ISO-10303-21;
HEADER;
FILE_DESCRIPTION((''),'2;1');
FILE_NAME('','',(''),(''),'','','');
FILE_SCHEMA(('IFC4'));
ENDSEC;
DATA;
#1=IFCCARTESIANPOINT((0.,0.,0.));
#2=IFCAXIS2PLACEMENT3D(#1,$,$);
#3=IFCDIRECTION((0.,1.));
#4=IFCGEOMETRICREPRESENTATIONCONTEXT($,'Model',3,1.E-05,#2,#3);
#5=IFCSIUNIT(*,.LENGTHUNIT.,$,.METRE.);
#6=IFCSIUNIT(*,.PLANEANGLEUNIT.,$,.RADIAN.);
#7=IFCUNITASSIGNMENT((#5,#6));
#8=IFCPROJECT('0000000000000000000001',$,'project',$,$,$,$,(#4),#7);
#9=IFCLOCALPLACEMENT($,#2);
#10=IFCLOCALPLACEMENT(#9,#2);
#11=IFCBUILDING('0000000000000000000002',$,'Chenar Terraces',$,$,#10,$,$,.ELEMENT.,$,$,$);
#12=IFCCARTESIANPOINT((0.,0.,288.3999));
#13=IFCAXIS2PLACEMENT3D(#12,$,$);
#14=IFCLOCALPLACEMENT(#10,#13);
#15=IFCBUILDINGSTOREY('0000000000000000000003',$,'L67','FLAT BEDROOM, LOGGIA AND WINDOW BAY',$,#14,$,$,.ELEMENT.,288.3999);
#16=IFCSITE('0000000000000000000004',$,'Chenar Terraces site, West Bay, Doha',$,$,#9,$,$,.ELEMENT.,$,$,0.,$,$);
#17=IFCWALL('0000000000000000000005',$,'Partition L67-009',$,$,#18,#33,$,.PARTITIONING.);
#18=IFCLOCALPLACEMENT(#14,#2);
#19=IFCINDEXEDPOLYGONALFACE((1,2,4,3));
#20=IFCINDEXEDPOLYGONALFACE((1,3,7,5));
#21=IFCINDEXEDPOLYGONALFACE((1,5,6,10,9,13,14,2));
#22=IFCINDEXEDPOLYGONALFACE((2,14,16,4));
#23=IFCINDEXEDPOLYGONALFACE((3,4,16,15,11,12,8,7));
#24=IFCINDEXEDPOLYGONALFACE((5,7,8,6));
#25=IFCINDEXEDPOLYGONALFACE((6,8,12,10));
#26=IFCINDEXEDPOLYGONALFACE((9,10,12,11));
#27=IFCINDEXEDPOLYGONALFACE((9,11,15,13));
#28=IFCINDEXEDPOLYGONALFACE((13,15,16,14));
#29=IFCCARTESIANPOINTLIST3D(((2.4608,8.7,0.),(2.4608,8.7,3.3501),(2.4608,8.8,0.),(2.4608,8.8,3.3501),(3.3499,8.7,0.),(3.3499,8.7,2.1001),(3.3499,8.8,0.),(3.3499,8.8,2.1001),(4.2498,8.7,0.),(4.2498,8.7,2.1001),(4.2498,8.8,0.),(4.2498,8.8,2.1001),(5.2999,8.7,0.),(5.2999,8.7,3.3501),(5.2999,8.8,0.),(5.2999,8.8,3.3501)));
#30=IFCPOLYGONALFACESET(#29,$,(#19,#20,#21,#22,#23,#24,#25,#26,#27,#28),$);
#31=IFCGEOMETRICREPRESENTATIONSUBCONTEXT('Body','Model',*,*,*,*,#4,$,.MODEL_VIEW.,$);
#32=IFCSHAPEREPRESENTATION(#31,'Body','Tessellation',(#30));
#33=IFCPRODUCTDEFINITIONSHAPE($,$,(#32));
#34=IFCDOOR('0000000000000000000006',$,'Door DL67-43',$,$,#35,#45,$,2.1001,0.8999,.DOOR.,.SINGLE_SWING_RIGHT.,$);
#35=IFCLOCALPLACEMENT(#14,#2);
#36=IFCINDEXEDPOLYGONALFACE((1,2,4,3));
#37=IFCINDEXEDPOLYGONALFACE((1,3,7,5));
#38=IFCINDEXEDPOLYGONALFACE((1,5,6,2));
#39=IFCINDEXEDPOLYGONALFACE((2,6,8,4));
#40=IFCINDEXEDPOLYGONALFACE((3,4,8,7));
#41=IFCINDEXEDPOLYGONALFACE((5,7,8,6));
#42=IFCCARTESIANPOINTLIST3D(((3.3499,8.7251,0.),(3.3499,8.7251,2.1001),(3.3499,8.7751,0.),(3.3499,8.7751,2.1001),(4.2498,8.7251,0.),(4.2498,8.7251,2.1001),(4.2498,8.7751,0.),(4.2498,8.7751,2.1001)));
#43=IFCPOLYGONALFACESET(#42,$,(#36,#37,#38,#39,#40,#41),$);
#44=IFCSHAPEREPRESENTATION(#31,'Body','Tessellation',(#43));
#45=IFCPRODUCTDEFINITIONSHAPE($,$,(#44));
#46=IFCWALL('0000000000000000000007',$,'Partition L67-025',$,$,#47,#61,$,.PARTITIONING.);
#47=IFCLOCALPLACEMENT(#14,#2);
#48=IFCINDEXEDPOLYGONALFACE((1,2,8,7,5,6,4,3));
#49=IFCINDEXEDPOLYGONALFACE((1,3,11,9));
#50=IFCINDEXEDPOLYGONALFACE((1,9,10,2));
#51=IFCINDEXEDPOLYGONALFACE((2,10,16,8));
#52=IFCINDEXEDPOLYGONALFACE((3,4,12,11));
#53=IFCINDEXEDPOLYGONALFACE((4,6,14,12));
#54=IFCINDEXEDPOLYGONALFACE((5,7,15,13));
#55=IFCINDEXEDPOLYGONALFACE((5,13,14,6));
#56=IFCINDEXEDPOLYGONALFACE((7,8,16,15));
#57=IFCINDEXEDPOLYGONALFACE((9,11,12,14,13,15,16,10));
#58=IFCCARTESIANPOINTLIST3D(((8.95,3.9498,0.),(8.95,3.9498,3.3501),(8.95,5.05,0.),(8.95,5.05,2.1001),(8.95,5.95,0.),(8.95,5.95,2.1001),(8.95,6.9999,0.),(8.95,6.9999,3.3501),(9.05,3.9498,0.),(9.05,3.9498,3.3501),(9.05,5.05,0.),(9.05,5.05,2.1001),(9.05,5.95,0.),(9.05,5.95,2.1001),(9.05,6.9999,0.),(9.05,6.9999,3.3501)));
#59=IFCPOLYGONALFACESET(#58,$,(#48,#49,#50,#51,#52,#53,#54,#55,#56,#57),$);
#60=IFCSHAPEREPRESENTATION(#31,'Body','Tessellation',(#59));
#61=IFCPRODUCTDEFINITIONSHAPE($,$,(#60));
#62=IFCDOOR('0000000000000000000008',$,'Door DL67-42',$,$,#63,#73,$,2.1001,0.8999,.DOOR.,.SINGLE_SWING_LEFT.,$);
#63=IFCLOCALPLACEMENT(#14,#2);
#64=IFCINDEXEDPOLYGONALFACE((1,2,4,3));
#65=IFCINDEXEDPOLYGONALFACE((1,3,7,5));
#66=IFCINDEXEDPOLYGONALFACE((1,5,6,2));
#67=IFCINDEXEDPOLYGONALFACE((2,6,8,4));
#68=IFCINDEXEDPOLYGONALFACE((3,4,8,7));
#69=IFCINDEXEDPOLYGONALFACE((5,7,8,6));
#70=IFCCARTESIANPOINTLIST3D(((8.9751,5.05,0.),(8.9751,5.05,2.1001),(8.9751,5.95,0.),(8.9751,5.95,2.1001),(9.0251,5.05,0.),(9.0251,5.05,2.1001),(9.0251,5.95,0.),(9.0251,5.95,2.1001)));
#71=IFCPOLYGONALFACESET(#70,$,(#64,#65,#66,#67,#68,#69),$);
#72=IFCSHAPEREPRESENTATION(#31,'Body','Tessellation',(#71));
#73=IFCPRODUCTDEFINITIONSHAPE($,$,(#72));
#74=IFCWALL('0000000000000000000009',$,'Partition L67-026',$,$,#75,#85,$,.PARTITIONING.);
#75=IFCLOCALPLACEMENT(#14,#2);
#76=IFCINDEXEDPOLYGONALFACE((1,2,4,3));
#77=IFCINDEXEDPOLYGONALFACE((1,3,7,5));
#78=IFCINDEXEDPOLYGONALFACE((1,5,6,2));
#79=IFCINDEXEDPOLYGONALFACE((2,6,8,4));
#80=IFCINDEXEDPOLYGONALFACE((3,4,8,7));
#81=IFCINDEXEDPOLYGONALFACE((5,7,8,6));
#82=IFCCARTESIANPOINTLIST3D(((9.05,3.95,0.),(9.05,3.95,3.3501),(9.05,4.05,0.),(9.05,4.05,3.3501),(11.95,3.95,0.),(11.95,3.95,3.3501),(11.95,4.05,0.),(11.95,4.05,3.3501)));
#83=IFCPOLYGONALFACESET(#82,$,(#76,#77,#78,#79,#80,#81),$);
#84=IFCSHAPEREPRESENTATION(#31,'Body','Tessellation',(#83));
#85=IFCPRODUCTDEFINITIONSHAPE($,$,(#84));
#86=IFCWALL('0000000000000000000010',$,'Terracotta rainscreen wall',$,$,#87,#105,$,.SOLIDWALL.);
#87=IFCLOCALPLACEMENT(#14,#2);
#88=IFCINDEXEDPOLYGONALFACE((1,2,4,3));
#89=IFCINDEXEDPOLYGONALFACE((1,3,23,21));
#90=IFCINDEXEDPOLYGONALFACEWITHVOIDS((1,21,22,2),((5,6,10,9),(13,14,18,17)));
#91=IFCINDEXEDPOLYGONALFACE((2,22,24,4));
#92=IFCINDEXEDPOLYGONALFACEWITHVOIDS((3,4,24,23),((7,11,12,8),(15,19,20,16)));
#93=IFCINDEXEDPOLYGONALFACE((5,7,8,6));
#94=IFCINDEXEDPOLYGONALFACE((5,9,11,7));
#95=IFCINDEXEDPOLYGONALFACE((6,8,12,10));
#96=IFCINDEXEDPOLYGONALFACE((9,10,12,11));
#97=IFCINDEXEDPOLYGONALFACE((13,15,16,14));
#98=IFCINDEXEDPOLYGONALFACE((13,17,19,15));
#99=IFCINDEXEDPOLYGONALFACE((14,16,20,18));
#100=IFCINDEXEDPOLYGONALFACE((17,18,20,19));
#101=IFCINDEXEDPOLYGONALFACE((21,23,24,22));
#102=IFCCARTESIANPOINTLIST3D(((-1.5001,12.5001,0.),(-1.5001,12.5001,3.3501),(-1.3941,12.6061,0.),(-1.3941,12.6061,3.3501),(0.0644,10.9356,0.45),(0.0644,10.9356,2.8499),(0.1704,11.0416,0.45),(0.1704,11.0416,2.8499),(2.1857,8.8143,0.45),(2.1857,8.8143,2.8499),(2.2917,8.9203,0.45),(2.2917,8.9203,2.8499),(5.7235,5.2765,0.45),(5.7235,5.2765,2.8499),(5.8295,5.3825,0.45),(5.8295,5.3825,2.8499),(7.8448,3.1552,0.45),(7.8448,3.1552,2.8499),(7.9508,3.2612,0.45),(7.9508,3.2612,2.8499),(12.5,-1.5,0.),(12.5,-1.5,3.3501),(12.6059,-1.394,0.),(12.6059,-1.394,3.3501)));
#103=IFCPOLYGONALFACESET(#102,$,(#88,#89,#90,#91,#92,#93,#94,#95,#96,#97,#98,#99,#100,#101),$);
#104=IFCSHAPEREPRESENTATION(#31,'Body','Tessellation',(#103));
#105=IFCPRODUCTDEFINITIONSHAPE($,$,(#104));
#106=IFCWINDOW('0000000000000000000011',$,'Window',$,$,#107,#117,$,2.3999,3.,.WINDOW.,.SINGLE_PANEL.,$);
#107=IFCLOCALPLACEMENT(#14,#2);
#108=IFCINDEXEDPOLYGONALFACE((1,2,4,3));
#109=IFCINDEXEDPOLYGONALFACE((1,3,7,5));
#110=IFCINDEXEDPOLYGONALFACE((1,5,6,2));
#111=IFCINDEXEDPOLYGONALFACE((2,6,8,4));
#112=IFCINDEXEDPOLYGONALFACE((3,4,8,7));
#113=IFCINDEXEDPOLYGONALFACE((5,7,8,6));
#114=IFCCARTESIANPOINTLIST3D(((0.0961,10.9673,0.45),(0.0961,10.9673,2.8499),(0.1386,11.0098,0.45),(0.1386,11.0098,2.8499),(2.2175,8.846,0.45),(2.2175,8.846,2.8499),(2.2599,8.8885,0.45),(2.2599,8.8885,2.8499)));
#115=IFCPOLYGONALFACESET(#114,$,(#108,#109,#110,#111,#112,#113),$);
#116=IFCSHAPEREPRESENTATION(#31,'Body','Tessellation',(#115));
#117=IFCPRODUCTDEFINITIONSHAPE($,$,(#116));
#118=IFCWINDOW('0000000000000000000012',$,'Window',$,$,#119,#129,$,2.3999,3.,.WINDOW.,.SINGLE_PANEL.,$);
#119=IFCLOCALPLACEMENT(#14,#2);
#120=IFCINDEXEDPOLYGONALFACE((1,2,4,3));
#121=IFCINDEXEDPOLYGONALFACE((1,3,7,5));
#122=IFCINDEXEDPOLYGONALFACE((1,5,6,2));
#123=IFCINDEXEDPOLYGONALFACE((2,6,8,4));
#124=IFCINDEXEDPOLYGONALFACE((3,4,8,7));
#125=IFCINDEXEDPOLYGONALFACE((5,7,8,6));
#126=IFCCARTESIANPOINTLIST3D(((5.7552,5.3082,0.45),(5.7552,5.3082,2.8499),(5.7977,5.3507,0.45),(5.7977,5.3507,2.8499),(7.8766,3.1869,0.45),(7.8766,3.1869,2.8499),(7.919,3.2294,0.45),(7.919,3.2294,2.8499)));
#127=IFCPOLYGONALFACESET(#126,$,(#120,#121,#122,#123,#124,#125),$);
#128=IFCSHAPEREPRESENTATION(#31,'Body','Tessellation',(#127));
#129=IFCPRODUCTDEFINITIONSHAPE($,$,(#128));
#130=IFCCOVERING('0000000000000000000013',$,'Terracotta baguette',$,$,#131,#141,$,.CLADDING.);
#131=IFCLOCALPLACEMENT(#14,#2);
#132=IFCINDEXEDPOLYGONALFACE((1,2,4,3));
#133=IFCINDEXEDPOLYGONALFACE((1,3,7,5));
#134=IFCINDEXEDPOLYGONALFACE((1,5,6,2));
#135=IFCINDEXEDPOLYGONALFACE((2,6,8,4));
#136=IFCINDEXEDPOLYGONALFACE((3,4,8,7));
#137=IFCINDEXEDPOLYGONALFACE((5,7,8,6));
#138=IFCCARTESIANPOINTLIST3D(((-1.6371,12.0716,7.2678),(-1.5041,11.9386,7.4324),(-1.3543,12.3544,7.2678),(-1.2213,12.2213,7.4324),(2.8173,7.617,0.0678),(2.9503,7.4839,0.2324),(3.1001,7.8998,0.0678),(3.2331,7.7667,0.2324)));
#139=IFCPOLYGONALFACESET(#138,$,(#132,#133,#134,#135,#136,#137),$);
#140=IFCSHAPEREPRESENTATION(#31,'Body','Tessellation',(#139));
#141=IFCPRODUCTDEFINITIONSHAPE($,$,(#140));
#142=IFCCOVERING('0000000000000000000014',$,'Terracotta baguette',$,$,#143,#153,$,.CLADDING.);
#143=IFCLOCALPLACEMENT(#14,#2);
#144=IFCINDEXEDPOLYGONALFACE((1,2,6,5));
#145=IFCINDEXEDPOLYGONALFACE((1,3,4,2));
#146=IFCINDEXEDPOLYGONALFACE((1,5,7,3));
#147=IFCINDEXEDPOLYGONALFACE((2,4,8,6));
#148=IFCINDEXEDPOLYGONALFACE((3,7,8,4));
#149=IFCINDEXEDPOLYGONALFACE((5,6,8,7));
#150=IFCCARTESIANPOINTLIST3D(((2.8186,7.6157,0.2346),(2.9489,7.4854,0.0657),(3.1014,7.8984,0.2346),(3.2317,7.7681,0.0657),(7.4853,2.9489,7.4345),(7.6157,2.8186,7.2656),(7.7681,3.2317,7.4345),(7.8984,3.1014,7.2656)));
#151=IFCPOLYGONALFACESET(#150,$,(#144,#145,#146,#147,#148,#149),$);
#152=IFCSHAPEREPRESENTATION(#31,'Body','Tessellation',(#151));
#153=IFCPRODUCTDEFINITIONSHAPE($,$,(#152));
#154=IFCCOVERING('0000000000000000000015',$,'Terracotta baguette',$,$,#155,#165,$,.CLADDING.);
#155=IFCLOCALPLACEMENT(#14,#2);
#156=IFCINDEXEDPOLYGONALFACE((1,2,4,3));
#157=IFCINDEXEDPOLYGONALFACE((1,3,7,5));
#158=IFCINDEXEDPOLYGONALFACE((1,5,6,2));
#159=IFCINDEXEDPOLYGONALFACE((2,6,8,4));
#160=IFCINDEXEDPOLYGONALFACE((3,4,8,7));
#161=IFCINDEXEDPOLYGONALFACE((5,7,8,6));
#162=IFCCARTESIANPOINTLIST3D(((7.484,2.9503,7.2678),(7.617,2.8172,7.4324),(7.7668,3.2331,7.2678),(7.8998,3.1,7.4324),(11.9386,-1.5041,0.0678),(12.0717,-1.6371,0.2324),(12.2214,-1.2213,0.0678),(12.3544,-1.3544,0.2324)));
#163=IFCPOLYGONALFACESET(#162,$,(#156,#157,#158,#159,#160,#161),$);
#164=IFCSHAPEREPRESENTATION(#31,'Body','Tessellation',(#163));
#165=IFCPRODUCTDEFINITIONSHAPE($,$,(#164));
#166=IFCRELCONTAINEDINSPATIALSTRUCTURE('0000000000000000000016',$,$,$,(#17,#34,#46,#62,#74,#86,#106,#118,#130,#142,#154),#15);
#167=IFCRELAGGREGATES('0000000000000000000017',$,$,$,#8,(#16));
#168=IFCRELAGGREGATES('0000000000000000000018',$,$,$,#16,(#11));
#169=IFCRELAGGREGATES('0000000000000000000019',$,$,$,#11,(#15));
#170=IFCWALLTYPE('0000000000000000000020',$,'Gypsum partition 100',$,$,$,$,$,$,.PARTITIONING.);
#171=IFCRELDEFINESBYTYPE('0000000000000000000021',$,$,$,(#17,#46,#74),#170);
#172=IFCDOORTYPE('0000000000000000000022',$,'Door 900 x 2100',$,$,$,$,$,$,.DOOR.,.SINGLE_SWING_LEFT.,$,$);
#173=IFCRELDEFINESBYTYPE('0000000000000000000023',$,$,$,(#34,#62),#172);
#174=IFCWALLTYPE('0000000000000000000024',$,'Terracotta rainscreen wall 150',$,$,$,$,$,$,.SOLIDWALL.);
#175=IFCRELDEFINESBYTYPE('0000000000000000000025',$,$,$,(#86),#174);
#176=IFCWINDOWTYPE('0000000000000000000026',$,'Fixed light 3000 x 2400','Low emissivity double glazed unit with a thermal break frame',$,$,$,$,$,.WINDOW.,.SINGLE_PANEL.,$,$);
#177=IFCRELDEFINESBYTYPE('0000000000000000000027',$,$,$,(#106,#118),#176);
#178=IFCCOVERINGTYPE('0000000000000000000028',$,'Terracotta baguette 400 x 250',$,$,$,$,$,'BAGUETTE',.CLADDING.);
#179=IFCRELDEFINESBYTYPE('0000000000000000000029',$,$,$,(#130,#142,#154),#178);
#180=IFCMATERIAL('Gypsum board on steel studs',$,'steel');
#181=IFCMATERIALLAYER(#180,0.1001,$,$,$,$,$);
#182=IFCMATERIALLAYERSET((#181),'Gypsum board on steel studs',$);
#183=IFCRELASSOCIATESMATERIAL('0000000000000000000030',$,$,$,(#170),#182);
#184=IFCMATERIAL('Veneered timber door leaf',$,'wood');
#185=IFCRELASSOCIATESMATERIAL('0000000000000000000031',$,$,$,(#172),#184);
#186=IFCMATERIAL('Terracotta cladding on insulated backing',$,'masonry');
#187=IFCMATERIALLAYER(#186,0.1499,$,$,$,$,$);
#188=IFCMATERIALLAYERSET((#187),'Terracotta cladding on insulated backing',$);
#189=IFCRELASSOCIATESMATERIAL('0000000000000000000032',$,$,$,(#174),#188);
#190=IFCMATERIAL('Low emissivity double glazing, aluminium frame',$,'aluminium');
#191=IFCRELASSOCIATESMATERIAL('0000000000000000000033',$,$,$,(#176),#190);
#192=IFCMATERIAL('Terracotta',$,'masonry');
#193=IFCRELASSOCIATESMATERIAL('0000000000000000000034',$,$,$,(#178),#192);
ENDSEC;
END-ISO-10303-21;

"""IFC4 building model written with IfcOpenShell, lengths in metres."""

from ifc_helpers import new_model, si_unit, direction, frame, frame_2d, origin, origin_2d, place, context, subcontext, project, spatial, rectangle, extrude, material, layer, layer_set, material_profile, profile_set, type_object, element, fill, save


model = new_model("IFC4")

# Units and contexts
model_context = context("Model", 3, precision=1e-05, world=origin(), true_north=direction((0.0, 1.0)))
body_context = subcontext(model_context, "Body", "Model", "MODEL_VIEW")
ifc_project = project(units=[si_unit("LENGTHUNIT", "METRE"), si_unit("PLANEANGLEUNIT", "RADIAN")], contexts=[model_context])

# Site, building, storey
site_placement = place(None, origin())
site = spatial("IfcSite", under=ifc_project, at=site_placement, Name="Chenar Terraces site, West Bay, Doha", CompositionType="ELEMENT", RefElevation=0.0)
building_placement = place(site_placement, origin())
building = spatial("IfcBuilding", under=site, at=building_placement, Name="Chenar Terraces", CompositionType="ELEMENT")
storey_placement = place(building_placement, frame((0.0, 0.0, 288.3999)))
storey = spatial("IfcBuildingStorey", under=building, at=storey_placement, Name="L67", Description="FLAT BEDROOM, LOGGIA AND WINDOW BAY", CompositionType="ELEMENT", Elevation=288.3999)

# Walls, openings, doors
ifc_material_1 = material(Name="Gypsum board on steel studs", Category="steel")
ifc_layer_1 = layer(ifc_material_1, 0.1001)
ifc_layer_set_1 = layer_set([ifc_layer_1], Name="Gypsum board on steel studs")
wall_type_1 = type_object("IfcWallType", Name="Gypsum partition 100", PredefinedType="PARTITIONING", material=ifc_layer_set_1)
wall_1_placement = place(storey_placement, frame((2.4609, 8.75, 0.0), z_axis=(0.0, 0.0, 1.0), x_axis=(1.0, 0.0, 0.0)))
wall_1 = element("IfcWall", 1, at=wall_1_placement, inside=storey, type_object=wall_type_1, Name="Partition L67-009", PredefinedType="PARTITIONING", context=body_context, shape_type="SweptSolid", body=[
    extrude(rectangle(XDim=2.8391, YDim=0.1001, at=frame_2d((1.4194, 0.0))), origin(), (0.0, 0.0, 1.0), 3.3501),
])
opening_1_placement = place(wall_1_placement, frame((0.8889, 0.0, 0.0)))
opening_1 = element("IfcOpeningElement", 2, at=opening_1_placement, cuts=wall_1, PredefinedType="OPENING", context=body_context, shape_type="SweptSolid", body=[
    extrude(rectangle(XDim=0.8999, YDim=2.1001, at=frame_2d((0.45, 1.05))), frame((0.0, 0.0601, 0.0), z_axis=(0.0, -1.0, 0.0), x_axis=(1.0, 0.0, 0.0)), (0.0, 0.0, 1.0), 0.1201),
])
ifc_material_2 = material(Name="Veneered timber door leaf", Category="wood")
door_type_1 = type_object("IfcDoorType", Name="Door 900 x 2100", OperationType="SINGLE_SWING_LEFT", PredefinedType="DOOR", material=ifc_material_2)
door_1_placement = place(opening_1_placement, frame((0.8999, 0.0, 0.0), z_axis=(0.0, 0.0, 1.0), x_axis=(-1.0, 0.0, 0.0)))
door_1 = element("IfcDoor", 3, at=door_1_placement, inside=storey, type_object=door_type_1, Name="Door DL67-43", OperationType="SINGLE_SWING_RIGHT", OverallHeight=2.1001, OverallWidth=0.8999, PredefinedType="DOOR", context=body_context, shape_type="SweptSolid", body=[
    extrude(rectangle(XDim=0.8999, YDim=2.1001, at=frame_2d((0.45, 1.05))), frame((0.0, 0.0249, 0.0), z_axis=(0.0, -1.0, 0.0), x_axis=(1.0, 0.0, 0.0)), (0.0, 0.0, 1.0), 0.05),
])
fill(opening_1, door_1)
wall_2_placement = place(storey_placement, frame((9.0, 3.95, 0.0), z_axis=(0.0, 0.0, 1.0), x_axis=(0.0, 1.0, 0.0)))
wall_2 = element("IfcWall", 4, at=wall_2_placement, inside=storey, type_object=wall_type_1, Name="Partition L67-025", PredefinedType="PARTITIONING", context=body_context, shape_type="SweptSolid", body=[
    extrude(rectangle(XDim=3.05, YDim=0.1001, at=frame_2d((1.5249, 0.0))), origin(), (0.0, 0.0, 1.0), 3.3501),
])
opening_2_placement = place(wall_2_placement, frame((1.1001, 0.0, 0.0)))
opening_2 = element("IfcOpeningElement", 5, at=opening_2_placement, cuts=wall_2, PredefinedType="OPENING", context=body_context, shape_type="SweptSolid", body=[
    extrude(rectangle(XDim=0.8999, YDim=2.1001, at=frame_2d((0.45, 1.05))), frame((0.0, 0.0601, 0.0), z_axis=(0.0, -1.0, 0.0), x_axis=(1.0, 0.0, 0.0)), (0.0, 0.0, 1.0), 0.1201),
])
door_2_placement = place(opening_2_placement, origin())
door_2 = element("IfcDoor", 6, at=door_2_placement, inside=storey, type_object=door_type_1, Name="Door DL67-42", OperationType="SINGLE_SWING_LEFT", OverallHeight=2.1001, OverallWidth=0.8999, PredefinedType="DOOR", context=body_context, shape_type="SweptSolid", body=[
    extrude(rectangle(XDim=0.8999, YDim=2.1001, at=frame_2d((0.45, 1.05))), frame((0.0, 0.0249, 0.0), z_axis=(0.0, -1.0, 0.0), x_axis=(1.0, 0.0, 0.0)), (0.0, 0.0, 1.0), 0.05),
])
fill(opening_2, door_2)

# Wall
wall_3_placement = place(storey_placement, frame((9.05, 4.0, 0.0), z_axis=(0.0, 0.0, 1.0), x_axis=(1.0, 0.0, 0.0)))
element("IfcWall", 7, at=wall_3_placement, inside=storey, type_object=wall_type_1, Name="Partition L67-026", PredefinedType="PARTITIONING", context=body_context, shape_type="SweptSolid", body=[
    extrude(rectangle(XDim=2.8999, YDim=0.1001, at=frame_2d((1.45, 0.0))), origin(), (0.0, 0.0, 1.0), 3.3501),
])

# Wall, openings, windows
ifc_material_3 = material(Name="Terracotta cladding on insulated backing", Category="masonry")
ifc_layer_2 = layer(ifc_material_3, 0.1499)
ifc_layer_set_2 = layer_set([ifc_layer_2], Name="Terracotta cladding on insulated backing")
wall_type_2 = type_object("IfcWallType", Name="Terracotta rainscreen wall 150", PredefinedType="SOLIDWALL", material=ifc_layer_set_2)
wall_4_placement = place(storey_placement, frame((-1.447, 12.553, 0.0), z_axis=(0.0, 0.0, 1.0), x_axis=(0.707107, -0.707107, 0.0)))
wall_4 = element("IfcWall", 8, at=wall_4_placement, inside=storey, type_object=wall_type_2, Name="Terracotta rainscreen wall", PredefinedType="SOLIDWALL", context=body_context, shape_type="SweptSolid", body=[
    extrude(rectangle(XDim=19.7991, YDim=0.1499, at=frame_2d((9.8994, 0.0))), origin(), (0.0, 0.0, 1.0), 3.3501),
])
opening_3_placement = place(wall_4_placement, frame((2.2124, 0.0, 0.45)))
opening_3 = element("IfcOpeningElement", 9, at=opening_3_placement, cuts=wall_4, PredefinedType="OPENING", context=body_context, shape_type="SweptSolid", body=[
    extrude(rectangle(XDim=3.0, YDim=2.3999, at=frame_2d((1.5, 1.2))), frame((0.0, 0.085, 0.0), z_axis=(0.0, -1.0, 0.0), x_axis=(1.0, 0.0, 0.0)), (0.0, 0.0, 1.0), 0.1699),
])
opening_4_placement = place(wall_4_placement, frame((10.2156, 0.0, 0.45)))
opening_4 = element("IfcOpeningElement", 10, at=opening_4_placement, cuts=wall_4, PredefinedType="OPENING", context=body_context, shape_type="SweptSolid", body=[
    extrude(rectangle(XDim=3.0, YDim=2.3999, at=frame_2d((1.5, 1.2))), frame((0.0, 0.085, 0.0), z_axis=(0.0, -1.0, 0.0), x_axis=(1.0, 0.0, 0.0)), (0.0, 0.0, 1.0), 0.1699),
])
ifc_material_4 = material(Name="Low emissivity double glazing, aluminium frame", Category="aluminium")
window_type = type_object("IfcWindowType", Name="Fixed light 3000 x 2400", Description="Low emissivity double glazed unit with a thermal break frame", PartitioningType="SINGLE_PANEL", PredefinedType="WINDOW", material=ifc_material_4)
window_1_placement = place(opening_3_placement, origin())
window_1 = element("IfcWindow", 11, at=window_1_placement, inside=storey, type_object=window_type, Name="Window", OverallHeight=2.3999, OverallWidth=3.0, PartitioningType="SINGLE_PANEL", PredefinedType="WINDOW", context=body_context, shape_type="SweptSolid", body=[
    extrude(rectangle(XDim=3.0, YDim=2.3999, at=frame_2d((1.5, 1.2))), frame((0.0, 0.03, 0.0), z_axis=(0.0, -1.0, 0.0), x_axis=(1.0, 0.0, 0.0)), (0.0, 0.0, 1.0), 0.0601),
])
fill(opening_3, window_1)
window_2_placement = place(opening_4_placement, origin())
window_2 = element("IfcWindow", 12, at=window_2_placement, inside=storey, type_object=window_type, Name="Window", OverallHeight=2.3999, OverallWidth=3.0, PartitioningType="SINGLE_PANEL", PredefinedType="WINDOW", context=body_context, shape_type="SweptSolid", body=[
    extrude(rectangle(XDim=3.0, YDim=2.3999, at=frame_2d((1.5, 1.2))), frame((0.0, 0.03, 0.0), z_axis=(0.0, -1.0, 0.0), x_axis=(1.0, 0.0, 0.0)), (0.0, 0.0, 1.0), 0.0601),
])
fill(opening_4, window_2)

# Coverings
ifc_material_5 = material(Name="Terracotta", Category="masonry")
ifc_material_profile = material_profile(ifc_material_5, rectangle(XDim=0.3999, YDim=0.25, at=origin_2d()), Name="Terracotta baguette 400 x 250")
ifc_profile_set = profile_set([ifc_material_profile], Name="Terracotta")
covering_type = type_object("IfcCoveringType", Name="Terracotta baguette 400 x 250", ElementType="BAGUETTE", PredefinedType="CLADDING", material=ifc_profile_set)
covering_1_placement = place(storey_placement, frame((-1.4292, 12.1465, 7.3501), z_axis=(0.465604, -0.46563, -0.752597), x_axis=(0.707126, 0.707087, 0.0)))
element("IfcCovering", 13, at=covering_1_placement, inside=storey, type_object=covering_type, Name="Terracotta baguette", PredefinedType="CLADDING", context=body_context, shape_type="SweptSolid", body=[
    extrude(rectangle(XDim=0.3999, YDim=0.25, at=origin_2d()), origin(), (0.0, 0.0, 1.0), 9.5669),
])
covering_2_placement = place(storey_placement, frame((3.0251, 7.6919, 0.1501), z_axis=(0.477803, -0.477803, 0.737163), x_axis=(0.707107, 0.707107, 0.0)))
element("IfcCovering", 14, at=covering_2_placement, inside=storey, type_object=covering_type, Name="Terracotta baguette", PredefinedType="CLADDING", context=body_context, shape_type="SweptSolid", body=[
    extrude(rectangle(XDim=0.3999, YDim=0.25, at=origin_2d()), origin(), (0.0, 0.0, 1.0), 9.7671),
])
covering_3_placement = place(storey_placement, frame((7.6919, 3.0251, 7.3501), z_axis=(0.46563, -0.465604, -0.752597), x_axis=(0.707087, 0.707126, 0.0)))
element("IfcCovering", 15, at=covering_3_placement, inside=storey, type_object=covering_type, Name="Terracotta baguette", PredefinedType="CLADDING", context=body_context, shape_type="SweptSolid", body=[
    extrude(rectangle(XDim=0.3999, YDim=0.25, at=origin_2d()), origin(), (0.0, 0.0, 1.0), 9.5669),
])

save(model, "model.ifc")
